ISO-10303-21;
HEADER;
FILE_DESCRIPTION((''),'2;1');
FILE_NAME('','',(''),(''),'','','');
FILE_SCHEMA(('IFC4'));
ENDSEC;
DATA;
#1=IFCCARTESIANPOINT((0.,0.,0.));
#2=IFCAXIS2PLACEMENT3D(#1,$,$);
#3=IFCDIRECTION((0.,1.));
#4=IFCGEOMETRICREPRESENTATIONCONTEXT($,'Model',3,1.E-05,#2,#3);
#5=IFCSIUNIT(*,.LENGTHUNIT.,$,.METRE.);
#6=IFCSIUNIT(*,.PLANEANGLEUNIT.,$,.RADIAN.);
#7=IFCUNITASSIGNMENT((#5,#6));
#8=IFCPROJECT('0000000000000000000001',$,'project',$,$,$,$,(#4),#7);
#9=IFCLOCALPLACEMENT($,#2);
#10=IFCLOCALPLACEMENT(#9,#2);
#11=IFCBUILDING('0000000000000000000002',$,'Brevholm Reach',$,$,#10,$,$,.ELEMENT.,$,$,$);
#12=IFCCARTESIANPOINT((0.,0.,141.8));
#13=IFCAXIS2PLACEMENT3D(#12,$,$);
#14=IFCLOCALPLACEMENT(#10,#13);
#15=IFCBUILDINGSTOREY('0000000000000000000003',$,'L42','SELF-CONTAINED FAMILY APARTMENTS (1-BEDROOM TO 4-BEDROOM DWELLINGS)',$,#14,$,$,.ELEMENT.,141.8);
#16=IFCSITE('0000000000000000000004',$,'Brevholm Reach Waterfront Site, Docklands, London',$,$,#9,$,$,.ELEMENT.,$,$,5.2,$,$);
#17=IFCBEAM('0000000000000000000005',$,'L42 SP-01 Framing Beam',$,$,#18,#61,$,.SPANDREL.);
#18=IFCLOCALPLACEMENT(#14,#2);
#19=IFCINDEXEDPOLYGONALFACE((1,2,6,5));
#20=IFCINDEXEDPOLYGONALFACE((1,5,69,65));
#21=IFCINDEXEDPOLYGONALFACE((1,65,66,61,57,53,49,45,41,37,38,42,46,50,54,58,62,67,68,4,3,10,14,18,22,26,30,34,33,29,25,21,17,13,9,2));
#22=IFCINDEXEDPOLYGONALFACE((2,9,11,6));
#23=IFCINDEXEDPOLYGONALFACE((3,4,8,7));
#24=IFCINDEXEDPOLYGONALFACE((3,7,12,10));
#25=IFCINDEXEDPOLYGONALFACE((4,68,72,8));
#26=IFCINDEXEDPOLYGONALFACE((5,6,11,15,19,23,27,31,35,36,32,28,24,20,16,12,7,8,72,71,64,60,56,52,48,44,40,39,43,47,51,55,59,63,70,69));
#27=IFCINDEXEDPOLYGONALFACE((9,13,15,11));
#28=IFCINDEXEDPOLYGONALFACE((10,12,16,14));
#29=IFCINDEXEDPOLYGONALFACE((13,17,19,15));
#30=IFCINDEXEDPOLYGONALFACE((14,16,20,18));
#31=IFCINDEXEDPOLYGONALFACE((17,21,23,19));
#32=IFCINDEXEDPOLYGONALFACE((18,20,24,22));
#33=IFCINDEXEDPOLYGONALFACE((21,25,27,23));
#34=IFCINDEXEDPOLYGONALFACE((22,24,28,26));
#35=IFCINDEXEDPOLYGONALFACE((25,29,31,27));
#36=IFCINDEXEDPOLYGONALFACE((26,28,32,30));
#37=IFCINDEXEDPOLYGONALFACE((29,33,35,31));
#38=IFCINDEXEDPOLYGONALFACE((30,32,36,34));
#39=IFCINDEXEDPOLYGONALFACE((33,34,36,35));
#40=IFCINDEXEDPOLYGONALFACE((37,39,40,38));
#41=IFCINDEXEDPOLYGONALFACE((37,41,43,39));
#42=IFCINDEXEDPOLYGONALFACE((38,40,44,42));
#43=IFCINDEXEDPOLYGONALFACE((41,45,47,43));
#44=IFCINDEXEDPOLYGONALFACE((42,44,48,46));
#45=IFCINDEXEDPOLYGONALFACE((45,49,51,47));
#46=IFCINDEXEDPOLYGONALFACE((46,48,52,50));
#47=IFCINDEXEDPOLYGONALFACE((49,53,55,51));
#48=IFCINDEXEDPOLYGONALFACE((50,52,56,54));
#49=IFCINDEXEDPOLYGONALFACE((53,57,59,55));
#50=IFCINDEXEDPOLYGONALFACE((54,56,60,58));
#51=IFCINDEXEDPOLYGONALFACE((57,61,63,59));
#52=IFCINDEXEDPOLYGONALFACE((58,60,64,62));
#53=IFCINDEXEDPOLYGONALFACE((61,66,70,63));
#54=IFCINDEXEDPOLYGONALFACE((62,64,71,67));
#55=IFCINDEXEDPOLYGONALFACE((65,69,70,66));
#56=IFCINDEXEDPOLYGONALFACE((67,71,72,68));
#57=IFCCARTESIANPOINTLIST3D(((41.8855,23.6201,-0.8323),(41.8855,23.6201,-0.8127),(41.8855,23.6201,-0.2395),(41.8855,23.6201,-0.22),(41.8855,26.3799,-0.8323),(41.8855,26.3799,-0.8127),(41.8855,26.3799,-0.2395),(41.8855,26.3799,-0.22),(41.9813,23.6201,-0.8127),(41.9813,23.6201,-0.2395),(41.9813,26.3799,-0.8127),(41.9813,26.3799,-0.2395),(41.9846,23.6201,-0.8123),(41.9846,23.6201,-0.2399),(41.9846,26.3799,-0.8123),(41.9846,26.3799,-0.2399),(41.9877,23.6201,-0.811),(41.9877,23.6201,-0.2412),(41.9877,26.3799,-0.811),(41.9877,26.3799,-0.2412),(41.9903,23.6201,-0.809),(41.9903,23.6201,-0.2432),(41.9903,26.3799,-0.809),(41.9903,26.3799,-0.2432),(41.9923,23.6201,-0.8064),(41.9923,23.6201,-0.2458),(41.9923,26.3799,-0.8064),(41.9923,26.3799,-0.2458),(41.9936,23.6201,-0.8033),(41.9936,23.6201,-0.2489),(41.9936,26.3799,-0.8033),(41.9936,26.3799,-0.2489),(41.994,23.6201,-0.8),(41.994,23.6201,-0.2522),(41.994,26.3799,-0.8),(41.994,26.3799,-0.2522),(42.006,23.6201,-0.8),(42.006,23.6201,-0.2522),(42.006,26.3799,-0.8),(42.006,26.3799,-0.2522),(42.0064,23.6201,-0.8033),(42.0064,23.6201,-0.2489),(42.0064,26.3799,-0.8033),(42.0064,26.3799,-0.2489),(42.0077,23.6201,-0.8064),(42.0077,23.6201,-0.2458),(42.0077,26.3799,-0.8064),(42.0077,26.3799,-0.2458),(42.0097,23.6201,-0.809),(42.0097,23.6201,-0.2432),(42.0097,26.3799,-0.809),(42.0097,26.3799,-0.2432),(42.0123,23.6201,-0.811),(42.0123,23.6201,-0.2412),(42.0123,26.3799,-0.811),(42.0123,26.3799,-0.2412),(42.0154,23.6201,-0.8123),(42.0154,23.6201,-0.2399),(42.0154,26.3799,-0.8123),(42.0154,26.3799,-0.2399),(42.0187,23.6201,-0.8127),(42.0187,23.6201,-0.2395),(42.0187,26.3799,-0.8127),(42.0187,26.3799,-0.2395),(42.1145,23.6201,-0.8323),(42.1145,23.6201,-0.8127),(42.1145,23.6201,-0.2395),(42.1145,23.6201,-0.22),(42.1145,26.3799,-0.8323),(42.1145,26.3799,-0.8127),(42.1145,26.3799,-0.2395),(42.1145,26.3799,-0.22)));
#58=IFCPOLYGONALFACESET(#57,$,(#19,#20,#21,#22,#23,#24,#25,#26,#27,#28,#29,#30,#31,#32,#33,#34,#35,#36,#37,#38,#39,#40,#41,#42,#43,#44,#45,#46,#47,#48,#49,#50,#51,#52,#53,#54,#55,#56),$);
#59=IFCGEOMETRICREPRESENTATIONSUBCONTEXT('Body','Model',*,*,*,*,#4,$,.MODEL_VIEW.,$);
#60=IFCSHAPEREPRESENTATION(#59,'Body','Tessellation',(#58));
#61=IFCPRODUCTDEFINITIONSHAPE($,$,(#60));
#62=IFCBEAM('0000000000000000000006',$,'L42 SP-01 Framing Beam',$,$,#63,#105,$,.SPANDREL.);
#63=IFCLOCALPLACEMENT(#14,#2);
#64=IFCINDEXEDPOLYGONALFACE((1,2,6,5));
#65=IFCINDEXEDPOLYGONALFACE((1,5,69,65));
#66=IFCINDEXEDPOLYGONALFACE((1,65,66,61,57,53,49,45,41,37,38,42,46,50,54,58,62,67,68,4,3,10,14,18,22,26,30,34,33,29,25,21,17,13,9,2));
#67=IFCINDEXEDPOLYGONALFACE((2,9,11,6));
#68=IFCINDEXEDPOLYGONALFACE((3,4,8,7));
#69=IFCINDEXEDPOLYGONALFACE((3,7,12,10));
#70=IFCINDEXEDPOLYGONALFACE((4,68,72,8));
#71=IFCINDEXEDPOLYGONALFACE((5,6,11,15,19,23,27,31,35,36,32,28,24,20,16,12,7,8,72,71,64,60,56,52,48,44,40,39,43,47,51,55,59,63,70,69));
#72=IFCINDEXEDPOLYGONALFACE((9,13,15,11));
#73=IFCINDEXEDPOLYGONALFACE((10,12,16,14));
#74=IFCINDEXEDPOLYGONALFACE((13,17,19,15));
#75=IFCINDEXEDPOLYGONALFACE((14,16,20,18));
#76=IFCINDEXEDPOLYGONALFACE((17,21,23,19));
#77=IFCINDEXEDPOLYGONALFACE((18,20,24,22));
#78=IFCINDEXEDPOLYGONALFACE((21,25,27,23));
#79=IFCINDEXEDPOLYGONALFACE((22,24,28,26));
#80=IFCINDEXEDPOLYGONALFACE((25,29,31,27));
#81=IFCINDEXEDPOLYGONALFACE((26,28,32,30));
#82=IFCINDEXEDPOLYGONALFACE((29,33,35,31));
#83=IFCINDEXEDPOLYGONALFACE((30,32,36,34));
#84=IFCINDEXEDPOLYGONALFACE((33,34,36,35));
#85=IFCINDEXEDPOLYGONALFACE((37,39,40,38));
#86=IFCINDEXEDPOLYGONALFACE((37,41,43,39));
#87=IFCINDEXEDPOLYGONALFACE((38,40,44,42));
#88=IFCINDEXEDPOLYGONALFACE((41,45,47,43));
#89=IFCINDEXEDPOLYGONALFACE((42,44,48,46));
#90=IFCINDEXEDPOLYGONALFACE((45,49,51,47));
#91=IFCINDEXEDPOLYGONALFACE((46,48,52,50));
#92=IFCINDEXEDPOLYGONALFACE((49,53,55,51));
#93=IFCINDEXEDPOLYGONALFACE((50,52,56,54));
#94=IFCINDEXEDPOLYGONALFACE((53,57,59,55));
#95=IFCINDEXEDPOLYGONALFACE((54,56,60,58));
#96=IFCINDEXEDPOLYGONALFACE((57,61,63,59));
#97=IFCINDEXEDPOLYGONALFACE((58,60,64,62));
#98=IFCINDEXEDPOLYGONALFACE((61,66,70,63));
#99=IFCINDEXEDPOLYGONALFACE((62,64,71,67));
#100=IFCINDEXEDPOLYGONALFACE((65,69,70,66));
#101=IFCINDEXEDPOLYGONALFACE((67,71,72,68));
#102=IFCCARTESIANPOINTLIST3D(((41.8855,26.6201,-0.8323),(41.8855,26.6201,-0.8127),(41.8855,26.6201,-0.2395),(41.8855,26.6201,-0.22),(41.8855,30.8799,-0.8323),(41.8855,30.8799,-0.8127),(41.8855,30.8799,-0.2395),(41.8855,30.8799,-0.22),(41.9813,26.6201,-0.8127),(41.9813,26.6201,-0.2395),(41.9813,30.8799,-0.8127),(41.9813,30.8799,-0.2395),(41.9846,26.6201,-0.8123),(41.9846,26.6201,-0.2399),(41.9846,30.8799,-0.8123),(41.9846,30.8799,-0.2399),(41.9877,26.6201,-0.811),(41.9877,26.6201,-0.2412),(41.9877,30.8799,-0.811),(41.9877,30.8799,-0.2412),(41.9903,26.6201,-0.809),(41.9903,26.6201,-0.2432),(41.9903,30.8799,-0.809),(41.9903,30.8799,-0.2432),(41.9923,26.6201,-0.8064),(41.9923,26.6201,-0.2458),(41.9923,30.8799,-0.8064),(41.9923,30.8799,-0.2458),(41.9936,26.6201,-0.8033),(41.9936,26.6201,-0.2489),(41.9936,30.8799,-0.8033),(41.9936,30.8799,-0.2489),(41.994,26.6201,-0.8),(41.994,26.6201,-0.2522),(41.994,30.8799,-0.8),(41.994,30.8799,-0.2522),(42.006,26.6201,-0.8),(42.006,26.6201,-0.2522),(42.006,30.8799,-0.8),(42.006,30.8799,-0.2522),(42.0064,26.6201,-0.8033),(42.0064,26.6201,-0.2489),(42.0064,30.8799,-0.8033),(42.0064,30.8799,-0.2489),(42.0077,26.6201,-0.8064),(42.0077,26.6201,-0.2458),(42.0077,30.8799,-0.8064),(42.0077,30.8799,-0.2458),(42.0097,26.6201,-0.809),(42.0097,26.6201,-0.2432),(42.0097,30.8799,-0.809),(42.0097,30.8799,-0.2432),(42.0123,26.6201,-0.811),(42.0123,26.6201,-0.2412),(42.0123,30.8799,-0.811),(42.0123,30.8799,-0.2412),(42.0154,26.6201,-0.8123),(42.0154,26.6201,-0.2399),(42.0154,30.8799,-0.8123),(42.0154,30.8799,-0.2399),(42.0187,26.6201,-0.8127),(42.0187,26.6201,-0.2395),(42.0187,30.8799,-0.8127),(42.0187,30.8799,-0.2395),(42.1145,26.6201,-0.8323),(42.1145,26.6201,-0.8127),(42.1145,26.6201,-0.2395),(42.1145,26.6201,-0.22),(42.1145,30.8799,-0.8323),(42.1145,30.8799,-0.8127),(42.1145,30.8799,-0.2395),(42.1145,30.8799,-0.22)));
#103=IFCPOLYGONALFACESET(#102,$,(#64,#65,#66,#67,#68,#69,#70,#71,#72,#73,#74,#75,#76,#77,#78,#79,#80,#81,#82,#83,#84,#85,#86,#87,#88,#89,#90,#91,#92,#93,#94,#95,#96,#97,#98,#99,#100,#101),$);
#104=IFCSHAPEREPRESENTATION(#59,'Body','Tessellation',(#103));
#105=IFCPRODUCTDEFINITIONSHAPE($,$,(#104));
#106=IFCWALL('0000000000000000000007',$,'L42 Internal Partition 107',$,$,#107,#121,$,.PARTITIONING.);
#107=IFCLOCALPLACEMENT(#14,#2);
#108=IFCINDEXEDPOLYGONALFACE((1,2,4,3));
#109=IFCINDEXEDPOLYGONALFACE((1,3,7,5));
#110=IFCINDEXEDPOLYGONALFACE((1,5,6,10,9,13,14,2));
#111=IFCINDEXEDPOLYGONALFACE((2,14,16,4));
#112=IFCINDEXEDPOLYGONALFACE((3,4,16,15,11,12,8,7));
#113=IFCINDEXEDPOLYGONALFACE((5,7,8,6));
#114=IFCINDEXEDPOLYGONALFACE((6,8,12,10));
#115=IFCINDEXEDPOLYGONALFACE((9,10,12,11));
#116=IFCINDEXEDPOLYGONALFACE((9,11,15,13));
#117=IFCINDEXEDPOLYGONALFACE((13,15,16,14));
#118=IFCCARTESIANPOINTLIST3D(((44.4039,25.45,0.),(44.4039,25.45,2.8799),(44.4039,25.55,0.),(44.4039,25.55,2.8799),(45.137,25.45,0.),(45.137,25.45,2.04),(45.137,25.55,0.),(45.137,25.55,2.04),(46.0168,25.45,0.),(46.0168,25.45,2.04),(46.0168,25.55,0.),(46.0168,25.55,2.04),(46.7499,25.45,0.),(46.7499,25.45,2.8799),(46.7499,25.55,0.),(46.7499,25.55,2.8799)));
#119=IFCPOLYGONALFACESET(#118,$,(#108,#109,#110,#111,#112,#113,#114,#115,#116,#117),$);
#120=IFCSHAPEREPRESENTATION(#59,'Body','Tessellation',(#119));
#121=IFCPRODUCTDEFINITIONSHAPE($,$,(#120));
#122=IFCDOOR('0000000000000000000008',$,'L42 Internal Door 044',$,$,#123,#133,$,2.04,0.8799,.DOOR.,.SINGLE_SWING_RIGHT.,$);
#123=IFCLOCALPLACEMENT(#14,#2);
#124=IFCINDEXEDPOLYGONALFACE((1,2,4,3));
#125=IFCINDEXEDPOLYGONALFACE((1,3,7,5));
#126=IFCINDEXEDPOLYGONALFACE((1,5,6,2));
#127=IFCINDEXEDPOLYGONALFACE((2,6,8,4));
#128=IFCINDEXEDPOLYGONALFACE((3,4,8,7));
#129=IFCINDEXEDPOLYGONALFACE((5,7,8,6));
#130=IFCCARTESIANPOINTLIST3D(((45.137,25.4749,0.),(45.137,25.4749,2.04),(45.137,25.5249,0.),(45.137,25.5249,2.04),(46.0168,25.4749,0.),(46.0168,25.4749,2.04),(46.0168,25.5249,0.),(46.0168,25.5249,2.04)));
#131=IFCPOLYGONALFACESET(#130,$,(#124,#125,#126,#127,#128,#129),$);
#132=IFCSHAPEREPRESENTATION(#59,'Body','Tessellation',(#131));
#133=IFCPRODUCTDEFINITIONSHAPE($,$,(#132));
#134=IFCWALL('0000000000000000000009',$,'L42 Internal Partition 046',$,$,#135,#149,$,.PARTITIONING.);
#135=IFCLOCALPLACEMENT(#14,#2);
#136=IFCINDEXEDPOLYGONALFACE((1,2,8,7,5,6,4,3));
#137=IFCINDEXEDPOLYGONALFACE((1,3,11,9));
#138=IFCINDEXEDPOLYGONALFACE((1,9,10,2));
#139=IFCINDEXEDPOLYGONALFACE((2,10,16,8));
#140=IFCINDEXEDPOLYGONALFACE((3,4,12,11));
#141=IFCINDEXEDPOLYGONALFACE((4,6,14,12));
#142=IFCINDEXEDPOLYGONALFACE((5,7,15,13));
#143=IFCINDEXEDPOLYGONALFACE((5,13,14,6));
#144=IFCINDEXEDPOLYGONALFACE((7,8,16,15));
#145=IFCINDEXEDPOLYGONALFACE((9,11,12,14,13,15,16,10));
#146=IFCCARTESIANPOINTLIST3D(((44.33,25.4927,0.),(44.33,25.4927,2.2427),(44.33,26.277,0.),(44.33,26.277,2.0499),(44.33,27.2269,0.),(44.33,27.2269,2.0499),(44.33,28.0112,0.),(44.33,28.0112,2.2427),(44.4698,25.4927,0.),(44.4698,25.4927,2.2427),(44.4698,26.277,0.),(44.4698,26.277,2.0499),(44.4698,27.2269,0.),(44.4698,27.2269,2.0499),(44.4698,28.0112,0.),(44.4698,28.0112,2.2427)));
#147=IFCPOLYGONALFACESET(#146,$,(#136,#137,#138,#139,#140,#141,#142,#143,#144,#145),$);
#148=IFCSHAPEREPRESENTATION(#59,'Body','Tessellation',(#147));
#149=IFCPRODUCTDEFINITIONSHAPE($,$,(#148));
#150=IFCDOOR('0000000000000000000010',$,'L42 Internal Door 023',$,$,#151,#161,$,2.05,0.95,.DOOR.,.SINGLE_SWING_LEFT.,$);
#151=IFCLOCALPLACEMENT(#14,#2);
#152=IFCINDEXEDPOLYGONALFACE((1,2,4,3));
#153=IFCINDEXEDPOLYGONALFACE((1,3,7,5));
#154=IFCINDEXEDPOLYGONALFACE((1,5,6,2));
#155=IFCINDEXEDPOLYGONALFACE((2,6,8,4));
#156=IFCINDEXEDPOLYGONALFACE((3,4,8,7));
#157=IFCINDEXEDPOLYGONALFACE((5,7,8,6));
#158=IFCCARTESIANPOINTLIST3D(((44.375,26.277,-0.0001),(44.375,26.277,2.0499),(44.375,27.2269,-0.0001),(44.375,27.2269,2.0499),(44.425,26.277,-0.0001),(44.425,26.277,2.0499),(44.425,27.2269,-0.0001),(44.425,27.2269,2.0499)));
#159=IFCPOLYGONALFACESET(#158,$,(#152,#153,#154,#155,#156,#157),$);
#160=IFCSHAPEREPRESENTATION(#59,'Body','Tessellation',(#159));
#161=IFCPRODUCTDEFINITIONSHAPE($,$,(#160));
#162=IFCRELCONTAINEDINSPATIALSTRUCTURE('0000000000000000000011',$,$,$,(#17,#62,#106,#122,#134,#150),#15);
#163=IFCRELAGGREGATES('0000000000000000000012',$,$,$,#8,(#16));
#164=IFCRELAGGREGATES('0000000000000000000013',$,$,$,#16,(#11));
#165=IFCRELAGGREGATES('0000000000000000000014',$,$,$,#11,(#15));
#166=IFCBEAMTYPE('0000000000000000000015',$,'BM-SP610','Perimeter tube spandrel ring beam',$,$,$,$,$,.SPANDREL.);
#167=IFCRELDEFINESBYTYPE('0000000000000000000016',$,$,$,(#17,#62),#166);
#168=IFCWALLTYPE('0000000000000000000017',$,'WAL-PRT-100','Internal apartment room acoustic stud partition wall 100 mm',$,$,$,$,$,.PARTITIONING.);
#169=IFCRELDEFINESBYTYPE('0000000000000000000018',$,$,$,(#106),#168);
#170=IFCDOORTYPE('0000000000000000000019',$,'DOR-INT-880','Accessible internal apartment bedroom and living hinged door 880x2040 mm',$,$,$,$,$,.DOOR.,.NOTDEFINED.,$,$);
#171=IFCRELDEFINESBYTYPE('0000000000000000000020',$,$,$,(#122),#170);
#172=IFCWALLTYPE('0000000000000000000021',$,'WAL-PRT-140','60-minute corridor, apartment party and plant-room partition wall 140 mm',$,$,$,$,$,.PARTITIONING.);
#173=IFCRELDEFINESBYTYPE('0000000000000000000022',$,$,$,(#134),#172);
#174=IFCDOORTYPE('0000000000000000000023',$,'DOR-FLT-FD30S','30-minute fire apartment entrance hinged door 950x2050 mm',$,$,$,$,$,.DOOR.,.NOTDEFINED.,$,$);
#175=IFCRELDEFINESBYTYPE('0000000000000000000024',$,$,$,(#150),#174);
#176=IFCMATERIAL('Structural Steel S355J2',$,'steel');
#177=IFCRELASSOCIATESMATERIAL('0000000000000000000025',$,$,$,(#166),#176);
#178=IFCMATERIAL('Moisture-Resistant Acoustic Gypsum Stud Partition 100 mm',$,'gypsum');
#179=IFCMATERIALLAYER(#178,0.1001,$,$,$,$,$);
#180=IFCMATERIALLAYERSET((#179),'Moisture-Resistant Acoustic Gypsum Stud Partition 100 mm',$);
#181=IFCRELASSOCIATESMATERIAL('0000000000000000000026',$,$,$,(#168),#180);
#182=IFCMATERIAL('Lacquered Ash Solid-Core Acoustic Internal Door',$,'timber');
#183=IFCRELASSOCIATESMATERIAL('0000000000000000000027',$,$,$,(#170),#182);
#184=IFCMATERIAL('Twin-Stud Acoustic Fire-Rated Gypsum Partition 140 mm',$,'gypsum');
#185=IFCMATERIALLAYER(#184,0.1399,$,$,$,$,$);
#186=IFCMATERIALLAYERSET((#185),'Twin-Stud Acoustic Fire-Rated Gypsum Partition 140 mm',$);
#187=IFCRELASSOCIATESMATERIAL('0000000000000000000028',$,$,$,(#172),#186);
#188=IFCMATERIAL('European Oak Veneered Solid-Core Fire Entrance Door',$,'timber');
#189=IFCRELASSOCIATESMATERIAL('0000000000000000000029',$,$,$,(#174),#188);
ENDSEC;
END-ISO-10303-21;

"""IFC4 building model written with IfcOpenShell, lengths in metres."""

from ifc_helpers import new_model, si_unit, direction, frame, frame_2d, origin, origin_2d, place, context, subcontext, project, spatial, rectangle, i_section, extrude, material, layer, layer_set, material_profile, profile_set, type_object, element, fill, save


model = new_model("IFC4")

# Units and contexts
model_context = context("Model", 3, precision=1e-05, world=origin(), true_north=direction((0.0, 1.0)))
body_context = subcontext(model_context, "Body", "Model", "MODEL_VIEW")
ifc_project = project(units=[si_unit("LENGTHUNIT", "METRE"), si_unit("PLANEANGLEUNIT", "RADIAN")], contexts=[model_context])

# Site, building, storey
site_placement = place(None, origin())
site = spatial("IfcSite", under=ifc_project, at=site_placement, Name="Brevholm Reach Waterfront Site, Docklands, London", CompositionType="ELEMENT", RefElevation=5.2)
building_placement = place(site_placement, origin())
building = spatial("IfcBuilding", under=site, at=building_placement, Name="Brevholm Reach", CompositionType="ELEMENT")
storey_placement = place(building_placement, frame((0.0, 0.0, 141.8)))
storey = spatial("IfcBuildingStorey", under=building, at=storey_placement, Name="L42", Description="SELF-CONTAINED FAMILY APARTMENTS (1-BEDROOM TO 4-BEDROOM DWELLINGS)", CompositionType="ELEMENT", Elevation=141.8)

# Beams
ifc_material_1 = material(Name="Structural Steel S355J2", Category="steel")
ifc_material_profile_1 = material_profile(ifc_material_1, i_section(OverallWidth=0.229, OverallDepth=0.6123, WebThickness=0.012, FlangeThickness=0.0195, FilletRadius=0.0127, at=origin_2d()), Name="UKB 610x229x125")
ifc_profile_set_1 = profile_set([ifc_material_profile_1], Name="Structural Steel S355J2")
beam_type_1 = type_object("IfcBeamType", Name="BM-SP610", Description="Perimeter tube spandrel ring beam", PredefinedType="SPANDREL", material=ifc_profile_set_1)
beam_1_placement = place(storey_placement, frame((42.0, 23.6201, -0.5261), z_axis=(0.0, 1.0, 0.0), x_axis=(-1.0, 0.0, 0.0)))
element("IfcBeam", 1, at=beam_1_placement, inside=storey, type_object=beam_type_1, Name="L42 SP-01 Framing Beam", PredefinedType="SPANDREL", context=body_context, shape_type="SweptSolid", body=[
    extrude(i_section(OverallWidth=0.229, OverallDepth=0.6123, WebThickness=0.012, FlangeThickness=0.0195, FilletRadius=0.0127, at=origin_2d()), origin(), (0.0, 0.0, 1.0), 2.7598),
])
beam_2_placement = place(storey_placement, frame((42.0, 26.6201, -0.5261), z_axis=(0.0, 1.0, 0.0), x_axis=(-1.0, 0.0, 0.0)))
element("IfcBeam", 2, at=beam_2_placement, inside=storey, type_object=beam_type_1, Name="L42 SP-01 Framing Beam", PredefinedType="SPANDREL", context=body_context, shape_type="SweptSolid", body=[
    extrude(i_section(OverallWidth=0.229, OverallDepth=0.6123, WebThickness=0.012, FlangeThickness=0.0195, FilletRadius=0.0127, at=origin_2d()), origin(), (0.0, 0.0, 1.0), 4.2598),
])

# Walls, openings, doors
ifc_material_2 = material(Name="Moisture-Resistant Acoustic Gypsum Stud Partition 100 mm", Category="gypsum")
ifc_layer_1 = layer(ifc_material_2, 0.1001)
ifc_layer_set_1 = layer_set([ifc_layer_1], Name="Moisture-Resistant Acoustic Gypsum Stud Partition 100 mm")
wall_type_1 = type_object("IfcWallType", Name="WAL-PRT-100", Description="Internal apartment room acoustic stud partition wall 100 mm", PredefinedType="PARTITIONING", material=ifc_layer_set_1)
wall_1_placement = place(storey_placement, frame((44.4041, 25.5, 0.0), z_axis=(0.0, 0.0, 1.0), x_axis=(1.0, 0.0, 0.0)))
wall_1 = element("IfcWall", 3, at=wall_1_placement, inside=storey, type_object=wall_type_1, Name="L42 Internal Partition 107", PredefinedType="PARTITIONING", context=body_context, shape_type="SweptSolid", body=[
    extrude(rectangle(XDim=2.3459, YDim=0.1001, at=frame_2d((1.1729, 0.0))), origin(), (0.0, 0.0, 1.0), 2.8799),
])
opening_1_placement = place(wall_1_placement, frame((0.7329, 0.0, 0.0)))
opening_1 = element("IfcOpeningElement", 4, at=opening_1_placement, cuts=wall_1, PredefinedType="OPENING", context=body_context, shape_type="SweptSolid", body=[
    extrude(rectangle(XDim=0.8799, YDim=2.04, at=frame_2d((0.4399, 1.02))), frame((0.0, 0.0601, 0.0), z_axis=(0.0, -1.0, 0.0), x_axis=(1.0, 0.0, 0.0)), (0.0, 0.0, 1.0), 0.1201),
])
ifc_material_3 = material(Name="Lacquered Ash Solid-Core Acoustic Internal Door", Category="timber")
door_type_1 = type_object("IfcDoorType", Name="DOR-INT-880", Description="Accessible internal apartment bedroom and living hinged door 880x2040 mm", OperationType="NOTDEFINED", PredefinedType="DOOR", material=ifc_material_3)
door_1_placement = place(opening_1_placement, origin())
door_1 = element("IfcDoor", 5, at=door_1_placement, inside=storey, type_object=door_type_1, Name="L42 Internal Door 044", OperationType="SINGLE_SWING_RIGHT", OverallHeight=2.04, OverallWidth=0.8799, PredefinedType="DOOR", context=body_context, shape_type="SweptSolid", body=[
    extrude(rectangle(XDim=0.8799, YDim=2.04, at=frame_2d((0.4399, 1.02))), frame((0.0, 0.0249, 0.0), z_axis=(0.0, -1.0, 0.0), x_axis=(1.0, 0.0, 0.0)), (0.0, 0.0, 1.0), 0.05),
])
fill(opening_1, door_1)
ifc_material_4 = material(Name="Twin-Stud Acoustic Fire-Rated Gypsum Partition 140 mm", Category="gypsum")
ifc_layer_2 = layer(ifc_material_4, 0.1399)
ifc_layer_set_2 = layer_set([ifc_layer_2], Name="Twin-Stud Acoustic Fire-Rated Gypsum Partition 140 mm")
wall_type_2 = type_object("IfcWallType", Name="WAL-PRT-140", Description="60-minute corridor, apartment party and plant-room partition wall 140 mm", PredefinedType="PARTITIONING", material=ifc_layer_set_2)
wall_2_placement = place(storey_placement, frame((44.3999, 25.4927, 0.0), z_axis=(0.0, 0.0, 1.0), x_axis=(0.0, 1.0, 0.0)))
wall_2 = element("IfcWall", 6, at=wall_2_placement, inside=storey, type_object=wall_type_2, Name="L42 Internal Partition 046", PredefinedType="PARTITIONING", context=body_context, shape_type="SweptSolid", body=[
    extrude(rectangle(XDim=2.5186, YDim=0.1399, at=frame_2d((1.2593, 0.0))), origin(), (0.0, 0.0, 1.0), 2.2427),
])
opening_2_placement = place(wall_2_placement, frame((0.7842, 0.0, 0.0)))
opening_2 = element("IfcOpeningElement", 7, at=opening_2_placement, cuts=wall_2, PredefinedType="OPENING", context=body_context, shape_type="SweptSolid", body=[
    extrude(rectangle(XDim=0.95, YDim=2.05, at=frame_2d((0.4751, 1.0249))), frame((0.0, 0.0798, 0.0), z_axis=(0.0, -1.0, 0.0), x_axis=(1.0, 0.0, 0.0)), (0.0, 0.0, 1.0), 0.1599),
])
ifc_material_5 = material(Name="European Oak Veneered Solid-Core Fire Entrance Door", Category="timber")
door_type_2 = type_object("IfcDoorType", Name="DOR-FLT-FD30S", Description="30-minute fire apartment entrance hinged door 950x2050 mm", OperationType="NOTDEFINED", PredefinedType="DOOR", material=ifc_material_5)
door_2_placement = place(opening_2_placement, origin())
door_2 = element("IfcDoor", 8, at=door_2_placement, inside=storey, type_object=door_type_2, Name="L42 Internal Door 023", OperationType="SINGLE_SWING_LEFT", OverallHeight=2.05, OverallWidth=0.95, PredefinedType="DOOR", context=body_context, shape_type="SweptSolid", body=[
    extrude(rectangle(XDim=0.95, YDim=2.05, at=frame_2d((0.4751, 1.0249))), frame((0.0, 0.0249, 0.0), z_axis=(0.0, -1.0, 0.0), x_axis=(1.0, 0.0, 0.0)), (0.0, 0.0, 1.0), 0.05),
])
fill(opening_2, door_2)

save(model, "model.ifc")
